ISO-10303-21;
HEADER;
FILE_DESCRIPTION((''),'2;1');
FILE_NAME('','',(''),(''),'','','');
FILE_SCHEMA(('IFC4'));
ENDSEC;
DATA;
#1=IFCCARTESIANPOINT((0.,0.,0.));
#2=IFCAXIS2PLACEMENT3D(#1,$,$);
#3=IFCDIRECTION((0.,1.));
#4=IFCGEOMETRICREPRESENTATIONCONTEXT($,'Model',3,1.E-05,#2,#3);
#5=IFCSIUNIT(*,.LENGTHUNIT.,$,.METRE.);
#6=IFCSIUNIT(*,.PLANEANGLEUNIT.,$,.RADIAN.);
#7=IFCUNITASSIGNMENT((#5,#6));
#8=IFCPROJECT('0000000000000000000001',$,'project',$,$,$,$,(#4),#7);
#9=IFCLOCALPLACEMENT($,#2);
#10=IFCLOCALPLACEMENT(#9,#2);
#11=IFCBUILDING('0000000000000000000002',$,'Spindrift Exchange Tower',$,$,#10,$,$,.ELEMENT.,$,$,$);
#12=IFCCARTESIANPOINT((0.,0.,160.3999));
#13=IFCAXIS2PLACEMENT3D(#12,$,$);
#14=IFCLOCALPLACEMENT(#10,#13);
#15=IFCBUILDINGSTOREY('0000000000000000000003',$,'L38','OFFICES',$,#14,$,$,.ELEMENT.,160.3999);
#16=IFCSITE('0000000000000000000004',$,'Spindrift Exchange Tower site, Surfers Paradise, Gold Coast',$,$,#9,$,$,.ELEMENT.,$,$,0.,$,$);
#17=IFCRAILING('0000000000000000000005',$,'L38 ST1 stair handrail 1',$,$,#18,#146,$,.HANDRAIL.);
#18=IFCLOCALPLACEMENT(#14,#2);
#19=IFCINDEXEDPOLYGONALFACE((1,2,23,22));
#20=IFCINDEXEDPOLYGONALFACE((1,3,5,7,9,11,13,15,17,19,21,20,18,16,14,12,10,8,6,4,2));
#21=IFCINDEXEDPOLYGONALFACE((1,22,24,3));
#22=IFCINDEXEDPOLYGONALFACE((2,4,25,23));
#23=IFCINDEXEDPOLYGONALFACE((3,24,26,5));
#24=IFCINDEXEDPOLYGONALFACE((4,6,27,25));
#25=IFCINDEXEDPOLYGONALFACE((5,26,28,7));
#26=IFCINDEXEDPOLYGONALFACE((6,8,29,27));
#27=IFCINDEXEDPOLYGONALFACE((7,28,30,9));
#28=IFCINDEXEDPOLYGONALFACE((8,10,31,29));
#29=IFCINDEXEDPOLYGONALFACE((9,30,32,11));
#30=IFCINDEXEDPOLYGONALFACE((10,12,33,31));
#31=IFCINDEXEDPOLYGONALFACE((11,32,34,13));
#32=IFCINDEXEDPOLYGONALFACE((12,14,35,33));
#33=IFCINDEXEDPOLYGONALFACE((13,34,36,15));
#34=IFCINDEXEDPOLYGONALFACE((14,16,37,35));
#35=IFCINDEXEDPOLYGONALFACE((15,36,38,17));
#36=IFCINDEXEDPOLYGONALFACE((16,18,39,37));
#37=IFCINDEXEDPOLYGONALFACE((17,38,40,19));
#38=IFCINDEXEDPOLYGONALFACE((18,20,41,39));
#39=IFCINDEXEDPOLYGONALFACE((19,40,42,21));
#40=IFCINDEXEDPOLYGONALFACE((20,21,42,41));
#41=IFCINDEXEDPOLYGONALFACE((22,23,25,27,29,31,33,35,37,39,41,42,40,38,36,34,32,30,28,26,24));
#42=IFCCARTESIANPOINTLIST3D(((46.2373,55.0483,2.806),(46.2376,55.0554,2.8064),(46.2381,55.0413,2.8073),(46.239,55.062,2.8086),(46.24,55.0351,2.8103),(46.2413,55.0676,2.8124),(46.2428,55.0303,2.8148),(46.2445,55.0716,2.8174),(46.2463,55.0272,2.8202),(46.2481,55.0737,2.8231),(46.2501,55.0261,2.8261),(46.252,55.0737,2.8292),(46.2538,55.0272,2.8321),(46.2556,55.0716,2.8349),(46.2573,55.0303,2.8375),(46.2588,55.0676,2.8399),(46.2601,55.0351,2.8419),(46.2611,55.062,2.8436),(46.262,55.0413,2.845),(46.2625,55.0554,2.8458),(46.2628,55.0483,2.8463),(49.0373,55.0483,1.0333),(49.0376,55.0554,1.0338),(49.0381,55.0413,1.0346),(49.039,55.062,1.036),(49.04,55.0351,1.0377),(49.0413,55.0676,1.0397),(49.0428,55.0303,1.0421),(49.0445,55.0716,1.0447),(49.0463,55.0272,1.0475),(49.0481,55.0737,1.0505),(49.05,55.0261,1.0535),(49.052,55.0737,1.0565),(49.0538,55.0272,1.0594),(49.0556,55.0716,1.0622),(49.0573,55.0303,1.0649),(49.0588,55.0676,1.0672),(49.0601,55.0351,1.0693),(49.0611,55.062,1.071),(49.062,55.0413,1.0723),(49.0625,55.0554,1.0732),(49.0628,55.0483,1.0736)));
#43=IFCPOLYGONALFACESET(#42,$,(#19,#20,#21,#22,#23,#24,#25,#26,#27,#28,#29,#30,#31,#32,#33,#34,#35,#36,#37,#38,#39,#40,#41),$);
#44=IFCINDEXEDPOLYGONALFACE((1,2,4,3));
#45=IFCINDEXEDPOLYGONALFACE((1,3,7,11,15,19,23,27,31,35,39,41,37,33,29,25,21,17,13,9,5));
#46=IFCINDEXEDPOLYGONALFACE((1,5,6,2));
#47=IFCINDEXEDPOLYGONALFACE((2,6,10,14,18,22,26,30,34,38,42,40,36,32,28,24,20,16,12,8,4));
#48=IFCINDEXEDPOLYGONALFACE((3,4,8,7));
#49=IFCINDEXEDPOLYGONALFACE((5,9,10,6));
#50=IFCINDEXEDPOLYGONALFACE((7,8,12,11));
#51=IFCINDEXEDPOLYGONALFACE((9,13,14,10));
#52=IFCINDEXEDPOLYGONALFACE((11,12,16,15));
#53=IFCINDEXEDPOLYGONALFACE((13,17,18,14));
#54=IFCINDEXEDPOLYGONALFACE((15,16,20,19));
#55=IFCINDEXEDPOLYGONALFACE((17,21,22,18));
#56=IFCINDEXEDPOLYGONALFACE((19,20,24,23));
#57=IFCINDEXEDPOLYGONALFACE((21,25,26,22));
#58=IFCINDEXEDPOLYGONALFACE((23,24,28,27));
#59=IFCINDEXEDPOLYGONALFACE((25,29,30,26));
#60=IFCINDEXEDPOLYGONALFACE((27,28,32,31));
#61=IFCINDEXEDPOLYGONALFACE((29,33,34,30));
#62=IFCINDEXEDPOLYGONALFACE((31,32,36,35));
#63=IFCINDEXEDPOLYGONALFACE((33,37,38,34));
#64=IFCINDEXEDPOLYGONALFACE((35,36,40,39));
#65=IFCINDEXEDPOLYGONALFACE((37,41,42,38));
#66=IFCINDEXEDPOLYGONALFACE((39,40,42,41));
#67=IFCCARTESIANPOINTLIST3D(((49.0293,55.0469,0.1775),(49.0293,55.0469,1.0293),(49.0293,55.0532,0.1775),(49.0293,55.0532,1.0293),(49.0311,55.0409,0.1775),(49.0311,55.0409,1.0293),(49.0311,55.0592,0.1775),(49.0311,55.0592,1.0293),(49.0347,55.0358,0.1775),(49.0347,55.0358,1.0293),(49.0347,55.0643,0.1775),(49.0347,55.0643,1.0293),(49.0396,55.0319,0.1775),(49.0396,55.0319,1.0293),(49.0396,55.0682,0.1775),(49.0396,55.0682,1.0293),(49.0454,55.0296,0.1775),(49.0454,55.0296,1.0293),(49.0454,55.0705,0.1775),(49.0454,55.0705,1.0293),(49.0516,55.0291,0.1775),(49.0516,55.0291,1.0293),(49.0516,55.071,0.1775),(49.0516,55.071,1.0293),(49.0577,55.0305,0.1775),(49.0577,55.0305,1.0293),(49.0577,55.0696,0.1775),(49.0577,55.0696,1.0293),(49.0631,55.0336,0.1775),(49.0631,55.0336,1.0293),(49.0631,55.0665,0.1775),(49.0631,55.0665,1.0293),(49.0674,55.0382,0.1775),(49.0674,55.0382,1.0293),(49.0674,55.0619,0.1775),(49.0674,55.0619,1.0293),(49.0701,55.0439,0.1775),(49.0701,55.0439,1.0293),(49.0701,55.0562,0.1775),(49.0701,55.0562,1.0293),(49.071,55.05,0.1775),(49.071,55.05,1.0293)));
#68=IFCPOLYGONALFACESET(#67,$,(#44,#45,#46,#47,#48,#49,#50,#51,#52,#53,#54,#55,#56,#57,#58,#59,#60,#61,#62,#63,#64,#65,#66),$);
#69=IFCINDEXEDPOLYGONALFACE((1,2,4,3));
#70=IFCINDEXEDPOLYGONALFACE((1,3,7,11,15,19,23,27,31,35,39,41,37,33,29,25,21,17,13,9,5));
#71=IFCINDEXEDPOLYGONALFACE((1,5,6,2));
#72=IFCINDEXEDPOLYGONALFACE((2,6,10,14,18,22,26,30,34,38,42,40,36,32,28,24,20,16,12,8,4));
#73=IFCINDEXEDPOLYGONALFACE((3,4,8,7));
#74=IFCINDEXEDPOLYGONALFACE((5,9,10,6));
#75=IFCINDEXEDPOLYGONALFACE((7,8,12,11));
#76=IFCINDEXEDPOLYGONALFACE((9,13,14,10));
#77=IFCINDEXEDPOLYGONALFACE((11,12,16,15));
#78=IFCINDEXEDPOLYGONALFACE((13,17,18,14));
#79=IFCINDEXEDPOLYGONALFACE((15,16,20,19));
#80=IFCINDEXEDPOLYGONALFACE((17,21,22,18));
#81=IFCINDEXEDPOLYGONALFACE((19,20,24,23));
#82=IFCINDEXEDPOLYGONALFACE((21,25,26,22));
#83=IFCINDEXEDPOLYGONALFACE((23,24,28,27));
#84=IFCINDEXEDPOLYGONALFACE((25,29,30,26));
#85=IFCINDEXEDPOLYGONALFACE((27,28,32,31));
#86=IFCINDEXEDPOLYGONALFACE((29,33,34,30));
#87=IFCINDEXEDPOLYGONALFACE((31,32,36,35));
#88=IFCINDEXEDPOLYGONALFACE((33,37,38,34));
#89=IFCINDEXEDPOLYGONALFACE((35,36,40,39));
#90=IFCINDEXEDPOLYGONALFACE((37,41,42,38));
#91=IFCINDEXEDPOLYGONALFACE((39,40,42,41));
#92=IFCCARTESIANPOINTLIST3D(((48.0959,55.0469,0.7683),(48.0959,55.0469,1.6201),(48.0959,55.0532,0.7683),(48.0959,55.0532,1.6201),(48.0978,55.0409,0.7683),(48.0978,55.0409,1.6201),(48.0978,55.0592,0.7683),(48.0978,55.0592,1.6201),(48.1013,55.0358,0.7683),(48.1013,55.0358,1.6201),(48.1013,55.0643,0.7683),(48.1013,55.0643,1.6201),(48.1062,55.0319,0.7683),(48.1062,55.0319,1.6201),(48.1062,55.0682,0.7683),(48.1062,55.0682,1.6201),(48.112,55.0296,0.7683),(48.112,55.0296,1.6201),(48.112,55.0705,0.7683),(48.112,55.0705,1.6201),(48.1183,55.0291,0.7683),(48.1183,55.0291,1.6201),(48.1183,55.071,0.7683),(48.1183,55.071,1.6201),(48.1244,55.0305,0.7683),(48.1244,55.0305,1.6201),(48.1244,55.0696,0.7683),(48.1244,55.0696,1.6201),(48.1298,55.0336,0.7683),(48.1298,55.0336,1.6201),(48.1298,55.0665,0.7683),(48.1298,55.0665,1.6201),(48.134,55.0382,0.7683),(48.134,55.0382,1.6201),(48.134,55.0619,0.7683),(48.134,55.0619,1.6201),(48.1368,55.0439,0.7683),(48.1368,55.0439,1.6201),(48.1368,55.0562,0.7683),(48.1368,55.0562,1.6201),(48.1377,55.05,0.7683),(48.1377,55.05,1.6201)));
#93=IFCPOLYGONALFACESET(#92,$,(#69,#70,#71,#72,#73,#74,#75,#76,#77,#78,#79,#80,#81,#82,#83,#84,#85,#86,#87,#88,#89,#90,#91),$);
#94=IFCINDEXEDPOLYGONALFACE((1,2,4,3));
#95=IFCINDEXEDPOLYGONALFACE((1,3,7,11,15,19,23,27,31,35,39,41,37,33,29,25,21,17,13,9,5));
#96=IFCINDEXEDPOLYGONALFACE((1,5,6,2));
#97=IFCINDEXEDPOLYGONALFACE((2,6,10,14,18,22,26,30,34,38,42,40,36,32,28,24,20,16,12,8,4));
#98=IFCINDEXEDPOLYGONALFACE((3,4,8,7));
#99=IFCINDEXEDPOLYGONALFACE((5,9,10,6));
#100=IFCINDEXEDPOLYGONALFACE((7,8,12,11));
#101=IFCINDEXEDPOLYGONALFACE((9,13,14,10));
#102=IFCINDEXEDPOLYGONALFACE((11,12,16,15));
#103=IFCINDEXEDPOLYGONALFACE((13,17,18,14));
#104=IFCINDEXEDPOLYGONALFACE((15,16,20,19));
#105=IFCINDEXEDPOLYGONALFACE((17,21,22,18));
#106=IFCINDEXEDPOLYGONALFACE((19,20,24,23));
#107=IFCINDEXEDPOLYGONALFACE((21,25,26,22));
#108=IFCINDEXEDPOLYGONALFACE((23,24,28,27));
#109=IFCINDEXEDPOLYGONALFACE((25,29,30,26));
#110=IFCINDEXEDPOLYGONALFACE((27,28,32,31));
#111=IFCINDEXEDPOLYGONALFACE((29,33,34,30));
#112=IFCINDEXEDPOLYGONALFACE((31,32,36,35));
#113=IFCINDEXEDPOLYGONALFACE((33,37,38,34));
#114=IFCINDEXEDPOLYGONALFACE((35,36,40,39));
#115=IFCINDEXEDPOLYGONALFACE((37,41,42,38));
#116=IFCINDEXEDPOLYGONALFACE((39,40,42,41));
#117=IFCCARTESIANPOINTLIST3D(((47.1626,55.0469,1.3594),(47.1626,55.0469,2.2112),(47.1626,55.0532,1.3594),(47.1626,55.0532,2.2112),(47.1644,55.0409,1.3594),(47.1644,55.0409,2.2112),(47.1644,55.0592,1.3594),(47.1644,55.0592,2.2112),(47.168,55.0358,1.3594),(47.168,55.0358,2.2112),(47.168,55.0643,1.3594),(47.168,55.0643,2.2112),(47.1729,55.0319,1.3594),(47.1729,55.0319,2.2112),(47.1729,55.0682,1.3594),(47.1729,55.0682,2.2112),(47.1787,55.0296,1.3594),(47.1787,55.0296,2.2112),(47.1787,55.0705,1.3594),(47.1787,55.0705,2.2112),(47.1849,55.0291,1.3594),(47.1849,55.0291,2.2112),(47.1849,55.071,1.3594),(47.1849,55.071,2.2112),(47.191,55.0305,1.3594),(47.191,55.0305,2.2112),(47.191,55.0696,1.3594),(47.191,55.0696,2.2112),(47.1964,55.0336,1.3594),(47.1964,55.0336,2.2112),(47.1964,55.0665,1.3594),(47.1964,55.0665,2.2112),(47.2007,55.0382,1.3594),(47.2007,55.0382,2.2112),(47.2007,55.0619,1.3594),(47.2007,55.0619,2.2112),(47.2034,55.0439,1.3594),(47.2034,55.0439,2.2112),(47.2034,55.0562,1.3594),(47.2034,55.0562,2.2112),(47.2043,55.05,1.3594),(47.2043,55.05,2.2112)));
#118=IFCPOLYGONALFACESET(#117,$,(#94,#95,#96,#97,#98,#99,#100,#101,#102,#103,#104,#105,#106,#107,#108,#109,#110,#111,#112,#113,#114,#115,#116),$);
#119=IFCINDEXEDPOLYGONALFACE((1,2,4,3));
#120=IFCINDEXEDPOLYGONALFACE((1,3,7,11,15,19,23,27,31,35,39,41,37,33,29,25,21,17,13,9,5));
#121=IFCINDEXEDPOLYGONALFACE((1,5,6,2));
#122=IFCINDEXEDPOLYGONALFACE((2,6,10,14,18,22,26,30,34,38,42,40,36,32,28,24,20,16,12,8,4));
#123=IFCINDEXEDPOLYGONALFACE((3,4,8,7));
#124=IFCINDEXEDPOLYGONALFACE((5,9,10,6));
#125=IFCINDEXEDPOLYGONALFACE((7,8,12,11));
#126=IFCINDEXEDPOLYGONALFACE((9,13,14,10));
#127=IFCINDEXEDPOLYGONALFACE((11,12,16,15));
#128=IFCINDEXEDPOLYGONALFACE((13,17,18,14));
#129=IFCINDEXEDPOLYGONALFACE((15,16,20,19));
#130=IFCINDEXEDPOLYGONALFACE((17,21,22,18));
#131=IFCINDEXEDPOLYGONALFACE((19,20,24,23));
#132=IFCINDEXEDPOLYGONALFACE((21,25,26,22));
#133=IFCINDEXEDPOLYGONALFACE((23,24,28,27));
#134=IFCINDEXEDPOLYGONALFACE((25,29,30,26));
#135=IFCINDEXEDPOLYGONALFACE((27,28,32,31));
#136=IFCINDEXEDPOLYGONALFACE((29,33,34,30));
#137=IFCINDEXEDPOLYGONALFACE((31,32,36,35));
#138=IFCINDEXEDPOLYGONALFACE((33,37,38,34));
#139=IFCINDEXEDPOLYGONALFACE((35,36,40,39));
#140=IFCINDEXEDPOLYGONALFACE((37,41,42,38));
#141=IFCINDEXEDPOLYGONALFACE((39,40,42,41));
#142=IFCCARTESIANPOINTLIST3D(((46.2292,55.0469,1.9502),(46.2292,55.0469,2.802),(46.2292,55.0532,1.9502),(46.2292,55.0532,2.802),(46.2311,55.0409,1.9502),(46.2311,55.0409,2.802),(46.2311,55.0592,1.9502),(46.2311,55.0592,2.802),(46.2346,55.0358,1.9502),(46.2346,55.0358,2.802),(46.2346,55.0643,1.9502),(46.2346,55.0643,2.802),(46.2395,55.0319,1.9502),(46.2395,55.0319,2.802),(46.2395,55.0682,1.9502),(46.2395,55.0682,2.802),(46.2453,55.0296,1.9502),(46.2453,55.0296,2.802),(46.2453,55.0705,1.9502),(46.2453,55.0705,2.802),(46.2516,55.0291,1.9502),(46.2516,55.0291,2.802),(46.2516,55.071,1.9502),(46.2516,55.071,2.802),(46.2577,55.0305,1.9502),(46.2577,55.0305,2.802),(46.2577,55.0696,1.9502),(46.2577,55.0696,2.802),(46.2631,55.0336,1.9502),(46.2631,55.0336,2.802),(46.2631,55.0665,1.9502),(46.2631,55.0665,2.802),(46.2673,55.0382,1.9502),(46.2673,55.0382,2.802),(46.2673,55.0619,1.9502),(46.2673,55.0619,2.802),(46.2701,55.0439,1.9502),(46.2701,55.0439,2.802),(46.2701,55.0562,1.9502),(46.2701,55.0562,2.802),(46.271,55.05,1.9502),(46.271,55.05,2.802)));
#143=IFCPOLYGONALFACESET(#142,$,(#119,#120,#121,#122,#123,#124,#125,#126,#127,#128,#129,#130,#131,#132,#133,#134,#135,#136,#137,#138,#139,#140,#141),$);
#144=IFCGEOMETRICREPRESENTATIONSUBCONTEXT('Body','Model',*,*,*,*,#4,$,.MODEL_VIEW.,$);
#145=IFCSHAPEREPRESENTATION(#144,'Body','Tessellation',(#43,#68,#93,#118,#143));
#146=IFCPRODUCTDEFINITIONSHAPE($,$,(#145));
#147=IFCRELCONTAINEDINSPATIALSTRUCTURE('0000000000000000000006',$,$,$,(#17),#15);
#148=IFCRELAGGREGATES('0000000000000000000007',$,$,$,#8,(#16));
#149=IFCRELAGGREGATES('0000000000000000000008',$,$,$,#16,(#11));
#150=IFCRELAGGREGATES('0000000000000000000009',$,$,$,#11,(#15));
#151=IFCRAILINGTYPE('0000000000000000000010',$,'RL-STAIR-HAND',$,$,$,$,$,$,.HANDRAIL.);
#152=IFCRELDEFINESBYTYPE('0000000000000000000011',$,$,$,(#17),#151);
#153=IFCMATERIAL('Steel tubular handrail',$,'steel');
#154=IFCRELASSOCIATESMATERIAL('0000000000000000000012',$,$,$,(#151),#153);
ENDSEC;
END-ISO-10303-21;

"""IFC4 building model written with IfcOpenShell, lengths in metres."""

from ifc_helpers import new_model, si_unit, direction, frame, origin, origin_2d, place, context, subcontext, project, spatial, circle, extrude, material, type_object, element, save


model = new_model("IFC4")

# Units and contexts
model_context = context("Model", 3, precision=1e-05, world=origin(), true_north=direction((0.0, 1.0)))
body_context = subcontext(model_context, "Body", "Model", "MODEL_VIEW")
ifc_project = project(units=[si_unit("LENGTHUNIT", "METRE"), si_unit("PLANEANGLEUNIT", "RADIAN")], contexts=[model_context])

# Site, building, storey
site_placement = place(None, origin())
site = spatial("IfcSite", under=ifc_project, at=site_placement, Name="Spindrift Exchange Tower site, Surfers Paradise, Gold Coast", CompositionType="ELEMENT", RefElevation=0.0)
building_placement = place(site_placement, origin())
building = spatial("IfcBuilding", under=site, at=building_placement, Name="Spindrift Exchange Tower", CompositionType="ELEMENT")
storey_placement = place(building_placement, frame((0.0, 0.0, 160.3999)))
storey = spatial("IfcBuildingStorey", under=building, at=storey_placement, Name="L38", Description="OFFICES", CompositionType="ELEMENT", Elevation=160.3999)

# Railing
ifc_material_1 = material(Name="Steel tubular handrail", Category="steel")
railing_type_1 = type_object("IfcRailingType", Name="RL-STAIR-HAND", PredefinedType="HANDRAIL", material=ifc_material_1)
railing_1_placement = place(storey_placement, frame((49.05, 55.05, 0.1775)))
element("IfcRailing", 1, at=railing_1_placement, inside=storey, type_object=railing_type_1, Name="L38 ST1 stair handrail 1", PredefinedType="HANDRAIL", context=body_context, shape_type="SweptSolid", body=[
    extrude(circle(Radius=0.0239, at=origin_2d()), frame((0.0, 0.0, 0.876), z_axis=(-0.844909, 0.0, 0.53491), x_axis=(0.0, -1.0, 0.0)), (0.0, 0.0, 1.0), 3.314),
    extrude(circle(Radius=0.021, at=origin_2d()), origin(), (0.0, 0.0, 1.0), 0.8518),
    extrude(circle(Radius=0.021, at=origin_2d()), frame((-0.9333, 0.0, 0.5908)), (0.0, 0.0, 1.0), 0.8518),
    extrude(circle(Radius=0.021, at=origin_2d()), frame((-1.8667, 0.0, 1.1819)), (0.0, 0.0, 1.0), 0.8518),
    extrude(circle(Radius=0.021, at=origin_2d()), frame((-2.8, 0.0, 1.7727)), (0.0, 0.0, 1.0), 0.8518),
])

save(model, "model.ifc")
